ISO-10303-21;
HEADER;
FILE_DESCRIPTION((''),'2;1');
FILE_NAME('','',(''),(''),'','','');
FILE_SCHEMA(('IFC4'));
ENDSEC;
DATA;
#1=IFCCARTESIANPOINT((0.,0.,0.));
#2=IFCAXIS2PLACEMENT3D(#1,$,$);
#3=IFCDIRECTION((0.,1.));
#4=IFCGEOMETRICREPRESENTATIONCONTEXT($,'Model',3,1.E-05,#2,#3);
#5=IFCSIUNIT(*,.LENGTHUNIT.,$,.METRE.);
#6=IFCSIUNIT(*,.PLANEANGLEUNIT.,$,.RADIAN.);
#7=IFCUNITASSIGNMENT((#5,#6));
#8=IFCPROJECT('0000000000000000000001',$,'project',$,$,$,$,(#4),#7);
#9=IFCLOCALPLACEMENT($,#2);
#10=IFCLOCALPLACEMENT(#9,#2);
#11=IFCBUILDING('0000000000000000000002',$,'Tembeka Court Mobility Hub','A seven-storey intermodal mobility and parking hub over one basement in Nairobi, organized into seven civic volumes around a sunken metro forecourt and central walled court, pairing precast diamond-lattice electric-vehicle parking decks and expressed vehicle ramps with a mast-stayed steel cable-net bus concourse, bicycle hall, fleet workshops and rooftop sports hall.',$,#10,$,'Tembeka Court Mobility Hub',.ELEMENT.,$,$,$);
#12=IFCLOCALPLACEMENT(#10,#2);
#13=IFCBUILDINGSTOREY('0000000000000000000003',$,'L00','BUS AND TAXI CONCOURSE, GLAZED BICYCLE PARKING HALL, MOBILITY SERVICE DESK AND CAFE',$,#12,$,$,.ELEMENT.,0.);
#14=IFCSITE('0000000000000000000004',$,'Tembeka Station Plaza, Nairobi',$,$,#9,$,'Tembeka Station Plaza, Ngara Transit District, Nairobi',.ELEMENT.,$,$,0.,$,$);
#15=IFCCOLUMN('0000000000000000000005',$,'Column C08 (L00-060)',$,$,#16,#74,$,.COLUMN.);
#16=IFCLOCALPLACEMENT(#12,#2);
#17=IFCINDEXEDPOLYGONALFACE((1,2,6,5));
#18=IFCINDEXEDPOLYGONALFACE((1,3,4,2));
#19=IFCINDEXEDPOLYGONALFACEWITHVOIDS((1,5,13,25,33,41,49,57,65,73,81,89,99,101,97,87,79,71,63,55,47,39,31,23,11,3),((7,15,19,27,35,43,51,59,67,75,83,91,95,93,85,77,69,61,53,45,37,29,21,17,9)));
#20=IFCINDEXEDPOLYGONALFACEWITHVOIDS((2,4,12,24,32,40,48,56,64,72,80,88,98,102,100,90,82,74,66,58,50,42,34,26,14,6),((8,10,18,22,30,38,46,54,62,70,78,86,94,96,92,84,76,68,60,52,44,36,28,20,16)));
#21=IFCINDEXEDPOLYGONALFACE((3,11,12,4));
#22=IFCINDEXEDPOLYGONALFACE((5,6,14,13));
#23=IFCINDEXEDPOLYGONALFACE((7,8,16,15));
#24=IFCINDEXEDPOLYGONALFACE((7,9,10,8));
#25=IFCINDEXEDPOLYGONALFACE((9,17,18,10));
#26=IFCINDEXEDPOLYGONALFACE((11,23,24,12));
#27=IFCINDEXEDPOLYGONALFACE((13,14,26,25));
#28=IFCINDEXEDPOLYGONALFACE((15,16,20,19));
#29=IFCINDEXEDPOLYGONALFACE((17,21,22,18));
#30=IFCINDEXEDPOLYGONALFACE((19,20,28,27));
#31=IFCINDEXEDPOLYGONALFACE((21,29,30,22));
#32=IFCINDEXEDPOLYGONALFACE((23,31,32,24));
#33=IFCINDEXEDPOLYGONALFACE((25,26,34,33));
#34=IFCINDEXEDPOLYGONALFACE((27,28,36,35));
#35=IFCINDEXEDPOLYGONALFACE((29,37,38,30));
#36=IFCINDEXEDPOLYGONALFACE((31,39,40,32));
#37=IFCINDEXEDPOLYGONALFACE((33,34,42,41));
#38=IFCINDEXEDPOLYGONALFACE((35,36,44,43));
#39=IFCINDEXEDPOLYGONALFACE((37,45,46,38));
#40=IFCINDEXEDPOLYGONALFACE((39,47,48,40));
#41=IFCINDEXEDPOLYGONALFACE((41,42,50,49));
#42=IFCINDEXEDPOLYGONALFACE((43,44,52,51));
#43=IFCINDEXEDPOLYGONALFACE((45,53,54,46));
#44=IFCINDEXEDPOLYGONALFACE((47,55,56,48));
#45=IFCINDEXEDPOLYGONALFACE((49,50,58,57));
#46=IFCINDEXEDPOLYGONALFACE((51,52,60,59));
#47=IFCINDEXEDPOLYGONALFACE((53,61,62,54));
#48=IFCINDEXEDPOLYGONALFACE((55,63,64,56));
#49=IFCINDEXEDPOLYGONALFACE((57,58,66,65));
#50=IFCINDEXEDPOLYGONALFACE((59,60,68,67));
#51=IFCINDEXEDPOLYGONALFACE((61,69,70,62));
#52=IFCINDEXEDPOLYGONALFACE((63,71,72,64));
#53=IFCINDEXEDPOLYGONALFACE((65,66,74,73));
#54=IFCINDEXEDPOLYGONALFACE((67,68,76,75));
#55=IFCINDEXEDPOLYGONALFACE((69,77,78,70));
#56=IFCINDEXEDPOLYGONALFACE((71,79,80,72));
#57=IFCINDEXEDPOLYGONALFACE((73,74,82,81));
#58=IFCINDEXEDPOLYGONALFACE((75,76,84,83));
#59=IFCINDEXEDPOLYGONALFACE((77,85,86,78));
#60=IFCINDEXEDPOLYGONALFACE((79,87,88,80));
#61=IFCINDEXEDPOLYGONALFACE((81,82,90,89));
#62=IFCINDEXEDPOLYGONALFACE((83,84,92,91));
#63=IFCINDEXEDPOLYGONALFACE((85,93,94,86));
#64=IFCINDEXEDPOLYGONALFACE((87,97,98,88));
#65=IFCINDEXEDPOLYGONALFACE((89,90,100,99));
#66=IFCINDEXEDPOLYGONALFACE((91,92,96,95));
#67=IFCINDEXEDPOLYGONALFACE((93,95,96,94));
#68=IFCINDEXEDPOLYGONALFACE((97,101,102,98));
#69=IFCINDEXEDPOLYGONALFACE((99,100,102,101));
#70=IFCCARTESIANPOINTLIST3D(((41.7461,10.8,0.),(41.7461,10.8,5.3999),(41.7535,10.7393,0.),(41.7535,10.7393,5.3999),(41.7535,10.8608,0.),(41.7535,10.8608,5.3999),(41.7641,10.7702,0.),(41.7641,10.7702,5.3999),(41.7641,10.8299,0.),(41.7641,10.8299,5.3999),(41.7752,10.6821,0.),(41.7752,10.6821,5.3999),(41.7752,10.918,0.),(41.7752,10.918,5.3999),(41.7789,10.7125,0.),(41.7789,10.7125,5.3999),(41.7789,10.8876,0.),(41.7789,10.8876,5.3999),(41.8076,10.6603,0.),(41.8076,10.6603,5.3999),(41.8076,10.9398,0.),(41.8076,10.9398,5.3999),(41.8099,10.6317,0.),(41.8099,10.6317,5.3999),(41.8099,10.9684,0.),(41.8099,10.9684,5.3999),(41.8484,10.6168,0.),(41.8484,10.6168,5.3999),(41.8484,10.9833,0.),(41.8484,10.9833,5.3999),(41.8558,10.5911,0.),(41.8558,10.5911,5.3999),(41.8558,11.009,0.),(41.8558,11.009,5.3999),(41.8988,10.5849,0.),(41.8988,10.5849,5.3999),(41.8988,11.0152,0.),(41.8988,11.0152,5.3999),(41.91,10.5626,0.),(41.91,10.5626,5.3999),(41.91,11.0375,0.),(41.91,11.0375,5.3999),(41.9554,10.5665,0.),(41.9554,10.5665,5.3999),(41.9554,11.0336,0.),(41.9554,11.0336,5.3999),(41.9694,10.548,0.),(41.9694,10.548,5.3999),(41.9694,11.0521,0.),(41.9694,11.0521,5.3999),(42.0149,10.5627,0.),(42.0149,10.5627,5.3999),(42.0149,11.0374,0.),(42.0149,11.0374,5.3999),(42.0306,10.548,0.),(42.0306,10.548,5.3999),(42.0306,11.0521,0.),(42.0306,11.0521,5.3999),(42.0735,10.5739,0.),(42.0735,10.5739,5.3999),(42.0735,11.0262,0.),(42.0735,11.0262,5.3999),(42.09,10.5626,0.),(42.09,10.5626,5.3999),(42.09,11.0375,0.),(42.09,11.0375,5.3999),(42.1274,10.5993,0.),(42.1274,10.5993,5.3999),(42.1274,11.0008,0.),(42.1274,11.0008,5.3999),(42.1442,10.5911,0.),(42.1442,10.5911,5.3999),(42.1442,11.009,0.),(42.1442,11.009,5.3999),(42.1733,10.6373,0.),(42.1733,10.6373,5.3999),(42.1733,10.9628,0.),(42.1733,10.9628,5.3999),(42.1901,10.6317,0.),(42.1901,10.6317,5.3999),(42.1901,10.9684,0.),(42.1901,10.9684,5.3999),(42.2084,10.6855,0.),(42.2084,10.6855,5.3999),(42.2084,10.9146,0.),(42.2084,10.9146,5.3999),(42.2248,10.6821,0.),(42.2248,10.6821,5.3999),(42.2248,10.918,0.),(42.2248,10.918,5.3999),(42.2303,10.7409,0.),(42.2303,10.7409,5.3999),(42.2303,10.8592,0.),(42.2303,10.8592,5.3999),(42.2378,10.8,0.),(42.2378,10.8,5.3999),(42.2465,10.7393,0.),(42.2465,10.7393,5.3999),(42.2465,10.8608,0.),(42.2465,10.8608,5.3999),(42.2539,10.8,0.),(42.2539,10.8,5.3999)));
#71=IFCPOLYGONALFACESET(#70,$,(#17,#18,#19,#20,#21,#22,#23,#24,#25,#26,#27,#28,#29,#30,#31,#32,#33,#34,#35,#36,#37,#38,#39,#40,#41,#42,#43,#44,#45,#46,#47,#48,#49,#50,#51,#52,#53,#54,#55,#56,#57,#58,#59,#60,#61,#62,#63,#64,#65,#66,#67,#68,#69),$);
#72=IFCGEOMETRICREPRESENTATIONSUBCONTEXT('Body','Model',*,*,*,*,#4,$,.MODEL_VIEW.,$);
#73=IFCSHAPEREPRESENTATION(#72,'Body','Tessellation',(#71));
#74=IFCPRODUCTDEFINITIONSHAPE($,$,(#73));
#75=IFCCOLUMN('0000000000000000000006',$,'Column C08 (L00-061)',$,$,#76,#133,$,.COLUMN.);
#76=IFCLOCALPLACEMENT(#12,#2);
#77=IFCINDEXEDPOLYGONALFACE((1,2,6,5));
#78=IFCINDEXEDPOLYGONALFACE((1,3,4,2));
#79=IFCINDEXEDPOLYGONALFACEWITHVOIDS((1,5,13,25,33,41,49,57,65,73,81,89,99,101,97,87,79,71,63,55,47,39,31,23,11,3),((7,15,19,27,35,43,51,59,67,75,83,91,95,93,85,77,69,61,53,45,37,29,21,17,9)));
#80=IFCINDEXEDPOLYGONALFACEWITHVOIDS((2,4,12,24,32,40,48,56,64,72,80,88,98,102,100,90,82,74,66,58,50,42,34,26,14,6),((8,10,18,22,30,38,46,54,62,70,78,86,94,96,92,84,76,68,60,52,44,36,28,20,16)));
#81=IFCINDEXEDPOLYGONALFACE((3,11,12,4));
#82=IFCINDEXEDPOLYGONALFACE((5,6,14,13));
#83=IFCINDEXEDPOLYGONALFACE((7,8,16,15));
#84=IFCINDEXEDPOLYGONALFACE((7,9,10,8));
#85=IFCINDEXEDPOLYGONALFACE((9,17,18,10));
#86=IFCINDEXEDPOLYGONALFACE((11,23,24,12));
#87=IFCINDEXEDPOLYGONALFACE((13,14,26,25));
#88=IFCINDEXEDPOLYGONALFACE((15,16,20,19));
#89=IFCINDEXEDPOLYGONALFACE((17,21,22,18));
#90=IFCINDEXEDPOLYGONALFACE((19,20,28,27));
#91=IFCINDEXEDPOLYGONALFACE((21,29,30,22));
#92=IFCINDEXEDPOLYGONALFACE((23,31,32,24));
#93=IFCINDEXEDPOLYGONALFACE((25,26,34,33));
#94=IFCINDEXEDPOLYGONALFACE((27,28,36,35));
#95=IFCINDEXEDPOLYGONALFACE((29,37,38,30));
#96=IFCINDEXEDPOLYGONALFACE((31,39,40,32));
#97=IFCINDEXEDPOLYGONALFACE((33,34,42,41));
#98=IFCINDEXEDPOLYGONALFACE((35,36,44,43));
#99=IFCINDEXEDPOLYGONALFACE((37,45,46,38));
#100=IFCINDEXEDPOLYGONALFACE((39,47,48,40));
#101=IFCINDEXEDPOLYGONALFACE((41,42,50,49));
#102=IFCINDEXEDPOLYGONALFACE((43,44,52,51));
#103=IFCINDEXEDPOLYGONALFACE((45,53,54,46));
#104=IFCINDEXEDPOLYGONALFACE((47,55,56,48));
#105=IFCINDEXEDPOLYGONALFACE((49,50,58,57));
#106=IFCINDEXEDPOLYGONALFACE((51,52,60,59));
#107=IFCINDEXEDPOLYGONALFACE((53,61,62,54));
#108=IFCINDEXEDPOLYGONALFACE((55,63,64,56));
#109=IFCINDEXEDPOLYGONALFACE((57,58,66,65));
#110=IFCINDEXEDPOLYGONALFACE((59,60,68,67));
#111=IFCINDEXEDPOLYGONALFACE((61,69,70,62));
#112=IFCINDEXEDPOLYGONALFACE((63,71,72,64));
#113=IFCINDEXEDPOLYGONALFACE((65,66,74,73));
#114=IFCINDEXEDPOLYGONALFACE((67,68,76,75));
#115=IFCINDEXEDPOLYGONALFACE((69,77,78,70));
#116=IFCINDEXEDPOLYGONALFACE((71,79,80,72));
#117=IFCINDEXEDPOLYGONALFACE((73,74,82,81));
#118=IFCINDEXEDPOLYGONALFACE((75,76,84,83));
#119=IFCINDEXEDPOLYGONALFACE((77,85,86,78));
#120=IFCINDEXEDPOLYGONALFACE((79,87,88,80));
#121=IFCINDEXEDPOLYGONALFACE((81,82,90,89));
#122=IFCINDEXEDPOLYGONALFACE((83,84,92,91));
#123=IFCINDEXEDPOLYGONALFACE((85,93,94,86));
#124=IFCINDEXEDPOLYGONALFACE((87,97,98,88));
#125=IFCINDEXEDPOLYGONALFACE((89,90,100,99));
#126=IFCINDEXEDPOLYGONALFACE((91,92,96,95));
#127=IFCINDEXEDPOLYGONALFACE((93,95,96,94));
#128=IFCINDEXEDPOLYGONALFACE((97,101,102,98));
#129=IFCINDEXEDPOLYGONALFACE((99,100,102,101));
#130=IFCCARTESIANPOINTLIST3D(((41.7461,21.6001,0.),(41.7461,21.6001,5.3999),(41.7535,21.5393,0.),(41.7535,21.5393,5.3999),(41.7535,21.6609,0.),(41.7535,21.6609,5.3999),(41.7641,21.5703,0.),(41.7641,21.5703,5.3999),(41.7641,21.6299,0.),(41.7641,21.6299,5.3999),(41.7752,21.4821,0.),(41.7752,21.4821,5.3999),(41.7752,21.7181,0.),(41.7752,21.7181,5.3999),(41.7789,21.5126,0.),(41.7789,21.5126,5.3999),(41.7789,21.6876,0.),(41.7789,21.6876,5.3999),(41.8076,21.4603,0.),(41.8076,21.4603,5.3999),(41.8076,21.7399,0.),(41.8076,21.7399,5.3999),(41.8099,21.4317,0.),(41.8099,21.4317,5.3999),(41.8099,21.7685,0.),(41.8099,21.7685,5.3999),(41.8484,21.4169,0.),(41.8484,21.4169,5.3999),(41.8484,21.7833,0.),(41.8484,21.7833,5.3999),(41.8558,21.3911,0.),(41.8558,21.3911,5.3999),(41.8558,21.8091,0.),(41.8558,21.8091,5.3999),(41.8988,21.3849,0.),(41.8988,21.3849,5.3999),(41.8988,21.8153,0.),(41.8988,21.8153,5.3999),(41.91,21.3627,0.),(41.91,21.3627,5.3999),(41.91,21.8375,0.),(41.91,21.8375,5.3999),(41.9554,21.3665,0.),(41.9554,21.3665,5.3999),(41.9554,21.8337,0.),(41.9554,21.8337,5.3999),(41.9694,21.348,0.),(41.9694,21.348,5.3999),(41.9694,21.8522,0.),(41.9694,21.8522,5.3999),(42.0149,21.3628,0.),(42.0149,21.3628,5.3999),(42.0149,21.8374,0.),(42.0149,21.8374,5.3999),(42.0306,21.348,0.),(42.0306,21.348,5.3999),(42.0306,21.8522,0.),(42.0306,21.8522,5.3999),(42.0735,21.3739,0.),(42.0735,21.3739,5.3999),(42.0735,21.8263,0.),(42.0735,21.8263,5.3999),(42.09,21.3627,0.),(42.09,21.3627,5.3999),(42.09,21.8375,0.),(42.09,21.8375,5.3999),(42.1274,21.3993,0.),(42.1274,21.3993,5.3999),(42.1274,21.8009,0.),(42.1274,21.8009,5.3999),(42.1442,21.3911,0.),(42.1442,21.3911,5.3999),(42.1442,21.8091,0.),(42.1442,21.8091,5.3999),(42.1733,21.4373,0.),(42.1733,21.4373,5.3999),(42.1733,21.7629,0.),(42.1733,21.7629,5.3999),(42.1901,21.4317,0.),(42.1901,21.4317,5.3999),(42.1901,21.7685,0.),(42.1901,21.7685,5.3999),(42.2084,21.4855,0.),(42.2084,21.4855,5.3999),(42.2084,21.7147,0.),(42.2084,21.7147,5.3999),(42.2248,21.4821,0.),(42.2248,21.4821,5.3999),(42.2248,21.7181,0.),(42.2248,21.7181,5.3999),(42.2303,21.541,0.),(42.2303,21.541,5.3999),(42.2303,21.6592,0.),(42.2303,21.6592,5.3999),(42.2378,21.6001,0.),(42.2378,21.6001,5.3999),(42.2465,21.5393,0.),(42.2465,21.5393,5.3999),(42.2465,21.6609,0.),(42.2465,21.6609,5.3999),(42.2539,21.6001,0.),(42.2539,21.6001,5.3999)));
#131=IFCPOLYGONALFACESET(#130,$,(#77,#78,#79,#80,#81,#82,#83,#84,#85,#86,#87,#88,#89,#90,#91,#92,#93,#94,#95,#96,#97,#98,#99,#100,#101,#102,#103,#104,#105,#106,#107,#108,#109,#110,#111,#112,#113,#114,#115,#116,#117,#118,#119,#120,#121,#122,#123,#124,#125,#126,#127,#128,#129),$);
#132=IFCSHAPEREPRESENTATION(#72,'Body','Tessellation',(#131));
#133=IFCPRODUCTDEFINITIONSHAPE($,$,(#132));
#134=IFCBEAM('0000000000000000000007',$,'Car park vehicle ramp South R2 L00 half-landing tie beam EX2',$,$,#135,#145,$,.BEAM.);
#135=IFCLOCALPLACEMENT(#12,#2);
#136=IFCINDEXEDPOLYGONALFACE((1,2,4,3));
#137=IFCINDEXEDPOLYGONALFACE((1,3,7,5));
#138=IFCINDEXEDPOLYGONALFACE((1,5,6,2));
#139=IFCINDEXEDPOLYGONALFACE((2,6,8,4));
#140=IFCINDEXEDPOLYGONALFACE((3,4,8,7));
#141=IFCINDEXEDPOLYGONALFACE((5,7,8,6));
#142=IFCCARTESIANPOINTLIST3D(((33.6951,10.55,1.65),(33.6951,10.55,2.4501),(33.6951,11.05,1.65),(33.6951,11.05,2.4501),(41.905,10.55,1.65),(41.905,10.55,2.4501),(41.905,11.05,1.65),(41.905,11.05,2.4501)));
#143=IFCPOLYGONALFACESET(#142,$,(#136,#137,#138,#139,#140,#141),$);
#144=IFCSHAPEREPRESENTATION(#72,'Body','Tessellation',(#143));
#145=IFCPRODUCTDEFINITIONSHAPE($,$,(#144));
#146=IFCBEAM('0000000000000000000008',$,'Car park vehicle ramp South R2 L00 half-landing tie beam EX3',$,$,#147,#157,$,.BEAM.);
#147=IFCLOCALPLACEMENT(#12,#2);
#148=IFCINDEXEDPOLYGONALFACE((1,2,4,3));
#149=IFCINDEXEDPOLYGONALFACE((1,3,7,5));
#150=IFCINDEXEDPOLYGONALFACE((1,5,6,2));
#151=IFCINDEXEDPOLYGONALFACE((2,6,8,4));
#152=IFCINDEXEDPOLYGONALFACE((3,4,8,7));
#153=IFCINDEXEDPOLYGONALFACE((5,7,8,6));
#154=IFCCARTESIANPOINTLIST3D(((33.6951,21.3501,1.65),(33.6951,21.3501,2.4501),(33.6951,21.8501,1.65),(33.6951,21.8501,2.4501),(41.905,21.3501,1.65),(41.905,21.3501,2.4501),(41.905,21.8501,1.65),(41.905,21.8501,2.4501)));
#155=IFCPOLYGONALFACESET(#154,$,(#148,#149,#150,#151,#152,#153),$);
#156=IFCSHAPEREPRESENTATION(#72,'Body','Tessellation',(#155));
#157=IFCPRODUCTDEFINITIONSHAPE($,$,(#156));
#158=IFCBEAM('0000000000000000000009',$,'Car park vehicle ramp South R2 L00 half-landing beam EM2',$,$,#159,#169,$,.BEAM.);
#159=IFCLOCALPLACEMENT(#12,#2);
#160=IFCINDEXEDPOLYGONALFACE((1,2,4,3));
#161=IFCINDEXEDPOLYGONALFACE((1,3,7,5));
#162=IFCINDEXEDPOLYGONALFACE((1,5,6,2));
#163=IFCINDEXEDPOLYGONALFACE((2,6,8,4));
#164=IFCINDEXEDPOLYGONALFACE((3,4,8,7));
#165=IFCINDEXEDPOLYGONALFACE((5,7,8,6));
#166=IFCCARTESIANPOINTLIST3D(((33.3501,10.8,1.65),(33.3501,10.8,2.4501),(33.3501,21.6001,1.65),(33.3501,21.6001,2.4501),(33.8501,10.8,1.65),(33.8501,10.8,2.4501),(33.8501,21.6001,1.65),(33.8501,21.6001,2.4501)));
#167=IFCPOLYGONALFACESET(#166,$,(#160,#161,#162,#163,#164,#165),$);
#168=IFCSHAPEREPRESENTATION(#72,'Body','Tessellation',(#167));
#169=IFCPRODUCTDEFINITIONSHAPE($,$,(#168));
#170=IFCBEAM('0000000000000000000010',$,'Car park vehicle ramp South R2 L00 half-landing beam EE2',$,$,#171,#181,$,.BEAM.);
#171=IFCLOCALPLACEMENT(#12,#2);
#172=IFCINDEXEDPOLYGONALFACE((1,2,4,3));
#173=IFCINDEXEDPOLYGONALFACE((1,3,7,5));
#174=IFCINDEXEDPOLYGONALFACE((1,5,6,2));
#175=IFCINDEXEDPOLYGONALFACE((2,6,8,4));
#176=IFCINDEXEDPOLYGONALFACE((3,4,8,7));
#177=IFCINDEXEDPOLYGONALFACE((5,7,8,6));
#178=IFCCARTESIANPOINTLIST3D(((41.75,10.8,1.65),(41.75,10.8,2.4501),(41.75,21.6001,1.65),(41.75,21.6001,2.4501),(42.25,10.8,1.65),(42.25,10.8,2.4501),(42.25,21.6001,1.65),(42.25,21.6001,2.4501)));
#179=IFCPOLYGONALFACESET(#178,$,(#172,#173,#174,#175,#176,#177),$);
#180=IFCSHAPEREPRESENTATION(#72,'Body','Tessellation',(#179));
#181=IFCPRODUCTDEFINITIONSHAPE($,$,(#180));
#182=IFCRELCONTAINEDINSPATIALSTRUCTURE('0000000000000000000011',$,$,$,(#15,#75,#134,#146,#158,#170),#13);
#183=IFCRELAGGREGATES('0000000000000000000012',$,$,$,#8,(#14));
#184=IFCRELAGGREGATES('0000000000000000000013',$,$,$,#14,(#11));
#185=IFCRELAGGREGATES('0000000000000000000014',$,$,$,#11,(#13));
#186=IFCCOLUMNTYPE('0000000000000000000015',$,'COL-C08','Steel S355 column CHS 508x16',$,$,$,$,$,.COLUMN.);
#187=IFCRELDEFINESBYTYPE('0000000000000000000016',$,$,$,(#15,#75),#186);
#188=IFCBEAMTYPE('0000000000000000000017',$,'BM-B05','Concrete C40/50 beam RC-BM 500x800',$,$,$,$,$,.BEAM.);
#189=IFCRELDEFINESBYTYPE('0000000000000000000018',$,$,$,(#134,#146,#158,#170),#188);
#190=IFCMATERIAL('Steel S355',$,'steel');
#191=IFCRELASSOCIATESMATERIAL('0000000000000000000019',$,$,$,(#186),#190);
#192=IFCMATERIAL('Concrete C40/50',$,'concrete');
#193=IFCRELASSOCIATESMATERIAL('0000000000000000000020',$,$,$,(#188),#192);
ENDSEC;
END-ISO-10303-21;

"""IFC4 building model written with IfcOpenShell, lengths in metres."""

from ifc_helpers import new_model, si_unit, direction, frame, origin, origin_2d, place, context, subcontext, project, spatial, rectangle, hollow_circle, extrude, material, material_profile, profile_set, type_object, element, save


model = new_model("IFC4")

# Units and contexts
model_context = context("Model", 3, precision=1e-05, world=origin(), true_north=direction((0.0, 1.0)))
body_context = subcontext(model_context, "Body", "Model", "MODEL_VIEW")
ifc_project = project(units=[si_unit("LENGTHUNIT", "METRE"), si_unit("PLANEANGLEUNIT", "RADIAN")], contexts=[model_context])

# Site, building, storey
site_placement = place(None, origin())
site = spatial("IfcSite", under=ifc_project, at=site_placement, Name="Tembeka Station Plaza, Nairobi", LongName="Tembeka Station Plaza, Ngara Transit District, Nairobi", CompositionType="ELEMENT", RefElevation=0.0)
building_placement = place(site_placement, origin())
building = spatial("IfcBuilding", under=site, at=building_placement, Name="Tembeka Court Mobility Hub", Description="A seven-storey intermodal mobility and parking hub over one basement in Nairobi, organized into seven civic volumes around a sunken metro forecourt and central walled court, pairing precast diamond-lattice electric-vehicle parking decks and expressed vehicle ramps with a mast-stayed steel cable-net bus concourse, bicycle hall, fleet workshops and rooftop sports hall.", LongName="Tembeka Court Mobility Hub", CompositionType="ELEMENT")
storey_placement = place(building_placement, origin())
storey = spatial("IfcBuildingStorey", under=building, at=storey_placement, Name="L00", Description="BUS AND TAXI CONCOURSE, GLAZED BICYCLE PARKING HALL, MOBILITY SERVICE DESK AND CAFE", CompositionType="ELEMENT", Elevation=0.0)

# Columns
ifc_material_1 = material(Name="Steel S355", Category="steel")
ifc_material_profile_1 = material_profile(ifc_material_1, hollow_circle(Radius=0.2539, WallThickness=0.0161, at=origin_2d()), Name="CHS 508x16")
ifc_profile_set_1 = profile_set([ifc_material_profile_1], Name="Steel S355")
column_type_1 = type_object("IfcColumnType", Name="COL-C08", Description="Steel S355 column CHS 508x16", PredefinedType="COLUMN", material=ifc_profile_set_1)
for number, where, z_axis, x_axis, name in (
    (1, (42.0, 10.8, 0.0), (0.0, 0.0, 1.0), (1.0, 0.0, 0.0), "Column C08 (L00-060)"),
    (2, (42.0, 21.6001, 0.0), (0.0, 0.0, 1.0), (1.0, 0.0, 0.0), "Column C08 (L00-061)"),
):
    element("IfcColumn", number, at=place(storey_placement, frame(where, z_axis=z_axis, x_axis=x_axis)), inside=storey, type_object=column_type_1, Name=name, PredefinedType="COLUMN", context=body_context, shape_type="SweptSolid", body=[
        extrude(hollow_circle(Radius=0.2539, WallThickness=0.0161, at=origin_2d()), origin(), (0.0, 0.0, 1.0), 5.3999),
    ])

# Beams
ifc_material_2 = material(Name="Concrete C40/50", Category="concrete")
ifc_material_profile_2 = material_profile(ifc_material_2, rectangle(XDim=0.5, YDim=0.8, at=origin_2d()), Name="RC-BM 500x800")
ifc_profile_set_2 = profile_set([ifc_material_profile_2], Name="Concrete C40/50")
beam_type_1 = type_object("IfcBeamType", Name="BM-B05", Description="Concrete C40/50 beam RC-BM 500x800", PredefinedType="BEAM", material=ifc_profile_set_2)
for number, where, z_axis, x_axis, name in (
    (3, (33.6951, 10.8, 2.05), (1.0, 0.0, 0.0), (0.0, 1.0, 0.0), "Car park vehicle ramp South R2 L00 half-landing tie beam EX2"),
    (4, (33.6951, 21.6001, 2.05), (1.0, 0.0, 0.0), (0.0, 1.0, 0.0), "Car park vehicle ramp South R2 L00 half-landing tie beam EX3"),
):
    element("IfcBeam", number, at=place(storey_placement, frame(where, z_axis=z_axis, x_axis=x_axis)), inside=storey, type_object=beam_type_1, Name=name, PredefinedType="BEAM", context=body_context, shape_type="SweptSolid", body=[
        extrude(rectangle(XDim=0.5, YDim=0.8, at=origin_2d()), origin(), (0.0, 0.0, 1.0), 8.21),
    ])
for number, where, z_axis, x_axis, name in (
    (5, (33.6001, 10.8, 2.05), (0.0, 1.0, 0.0), (-1.0, 0.0, 0.0), "Car park vehicle ramp South R2 L00 half-landing beam EM2"),
    (6, (42.0, 10.8, 2.05), (0.0, 1.0, 0.0), (-1.0, 0.0, 0.0), "Car park vehicle ramp South R2 L00 half-landing beam EE2"),
):
    element("IfcBeam", number, at=place(storey_placement, frame(where, z_axis=z_axis, x_axis=x_axis)), inside=storey, type_object=beam_type_1, Name=name, PredefinedType="BEAM", context=body_context, shape_type="SweptSolid", body=[
        extrude(rectangle(XDim=0.5, YDim=0.8, at=origin_2d()), origin(), (0.0, 0.0, 1.0), 10.8),
    ])

save(model, "model.ifc")
